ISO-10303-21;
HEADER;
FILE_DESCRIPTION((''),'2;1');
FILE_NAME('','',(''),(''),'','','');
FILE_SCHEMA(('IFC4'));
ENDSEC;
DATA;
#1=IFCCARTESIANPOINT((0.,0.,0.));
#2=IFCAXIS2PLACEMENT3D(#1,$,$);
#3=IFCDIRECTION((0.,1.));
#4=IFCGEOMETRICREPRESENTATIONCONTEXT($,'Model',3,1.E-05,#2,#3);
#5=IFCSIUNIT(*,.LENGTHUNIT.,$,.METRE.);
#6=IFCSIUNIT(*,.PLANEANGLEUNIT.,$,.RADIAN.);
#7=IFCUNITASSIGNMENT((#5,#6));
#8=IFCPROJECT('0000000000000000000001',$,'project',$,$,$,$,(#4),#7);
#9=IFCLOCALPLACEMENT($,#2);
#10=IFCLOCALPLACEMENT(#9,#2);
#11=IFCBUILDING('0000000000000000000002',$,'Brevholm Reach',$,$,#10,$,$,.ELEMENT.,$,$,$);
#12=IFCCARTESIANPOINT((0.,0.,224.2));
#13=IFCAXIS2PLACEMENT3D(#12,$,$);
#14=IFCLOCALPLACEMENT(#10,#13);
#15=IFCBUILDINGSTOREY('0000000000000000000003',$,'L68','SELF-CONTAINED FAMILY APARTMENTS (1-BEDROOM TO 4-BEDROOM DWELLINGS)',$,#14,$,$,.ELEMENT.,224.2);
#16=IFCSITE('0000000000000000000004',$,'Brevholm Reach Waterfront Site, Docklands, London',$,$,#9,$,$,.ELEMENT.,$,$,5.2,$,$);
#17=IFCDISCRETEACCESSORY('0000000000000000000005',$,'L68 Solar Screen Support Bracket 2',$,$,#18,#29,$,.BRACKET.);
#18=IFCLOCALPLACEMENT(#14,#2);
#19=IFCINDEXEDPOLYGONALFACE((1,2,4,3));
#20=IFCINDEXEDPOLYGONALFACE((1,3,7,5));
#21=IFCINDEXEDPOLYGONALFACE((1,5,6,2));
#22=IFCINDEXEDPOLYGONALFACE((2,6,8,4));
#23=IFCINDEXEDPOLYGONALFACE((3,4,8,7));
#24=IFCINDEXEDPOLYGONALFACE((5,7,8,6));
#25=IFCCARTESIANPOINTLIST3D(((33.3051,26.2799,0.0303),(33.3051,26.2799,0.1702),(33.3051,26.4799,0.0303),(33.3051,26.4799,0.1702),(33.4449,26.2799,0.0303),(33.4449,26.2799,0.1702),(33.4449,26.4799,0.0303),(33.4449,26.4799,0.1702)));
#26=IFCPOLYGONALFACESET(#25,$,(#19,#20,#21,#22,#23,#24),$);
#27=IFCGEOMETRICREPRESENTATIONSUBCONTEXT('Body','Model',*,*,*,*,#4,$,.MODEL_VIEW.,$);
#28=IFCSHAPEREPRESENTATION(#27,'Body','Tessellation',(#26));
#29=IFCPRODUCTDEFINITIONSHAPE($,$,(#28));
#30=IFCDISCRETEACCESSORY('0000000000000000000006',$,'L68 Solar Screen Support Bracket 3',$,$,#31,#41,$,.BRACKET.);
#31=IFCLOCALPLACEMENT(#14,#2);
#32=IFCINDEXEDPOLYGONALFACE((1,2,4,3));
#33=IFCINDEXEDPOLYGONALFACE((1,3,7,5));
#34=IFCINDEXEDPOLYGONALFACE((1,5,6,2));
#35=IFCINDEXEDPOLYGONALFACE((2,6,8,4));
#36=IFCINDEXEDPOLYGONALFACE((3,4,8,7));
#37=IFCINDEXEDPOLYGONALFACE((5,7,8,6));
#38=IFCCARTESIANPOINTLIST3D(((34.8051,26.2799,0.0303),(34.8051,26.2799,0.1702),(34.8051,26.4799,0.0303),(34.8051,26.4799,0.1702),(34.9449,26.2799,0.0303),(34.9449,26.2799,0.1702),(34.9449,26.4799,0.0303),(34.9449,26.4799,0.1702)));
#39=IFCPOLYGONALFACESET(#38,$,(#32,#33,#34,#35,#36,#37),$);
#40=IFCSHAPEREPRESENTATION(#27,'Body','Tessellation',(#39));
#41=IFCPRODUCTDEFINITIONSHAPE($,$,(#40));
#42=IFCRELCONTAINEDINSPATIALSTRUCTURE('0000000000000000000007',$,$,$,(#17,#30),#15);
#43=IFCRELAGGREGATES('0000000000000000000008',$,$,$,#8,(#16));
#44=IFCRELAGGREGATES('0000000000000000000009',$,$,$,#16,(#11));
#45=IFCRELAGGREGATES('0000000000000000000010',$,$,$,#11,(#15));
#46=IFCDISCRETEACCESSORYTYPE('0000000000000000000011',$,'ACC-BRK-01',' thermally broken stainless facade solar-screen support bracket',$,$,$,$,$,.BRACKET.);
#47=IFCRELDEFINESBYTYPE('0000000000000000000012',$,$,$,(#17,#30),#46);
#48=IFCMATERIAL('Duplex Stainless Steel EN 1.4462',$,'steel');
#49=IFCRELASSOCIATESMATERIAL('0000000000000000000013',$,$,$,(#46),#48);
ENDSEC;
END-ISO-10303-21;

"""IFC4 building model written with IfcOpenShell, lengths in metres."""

from ifc_helpers import new_model, si_unit, direction, frame, origin, origin_2d, place, context, subcontext, project, spatial, rectangle, extrude, material, type_object, element, save


model = new_model("IFC4")

# Units and contexts
model_context = context("Model", 3, precision=1e-05, world=origin(), true_north=direction((0.0, 1.0)))
body_context = subcontext(model_context, "Body", "Model", "MODEL_VIEW")
ifc_project = project(units=[si_unit("LENGTHUNIT", "METRE"), si_unit("PLANEANGLEUNIT", "RADIAN")], contexts=[model_context])

# Site, building, storey
site_placement = place(None, origin())
site = spatial("IfcSite", under=ifc_project, at=site_placement, Name="Brevholm Reach Waterfront Site, Docklands, London", CompositionType="ELEMENT", RefElevation=5.2)
building_placement = place(site_placement, origin())
building = spatial("IfcBuilding", under=site, at=building_placement, Name="Brevholm Reach", CompositionType="ELEMENT")
storey_placement = place(building_placement, frame((0.0, 0.0, 224.2)))
storey = spatial("IfcBuildingStorey", under=building, at=storey_placement, Name="L68", Description="SELF-CONTAINED FAMILY APARTMENTS (1-BEDROOM TO 4-BEDROOM DWELLINGS)", CompositionType="ELEMENT", Elevation=224.2)

# Discrete accessories
ifc_material_1 = material(Name="Duplex Stainless Steel EN 1.4462", Category="steel")
discrete_accessory_type = type_object("IfcDiscreteAccessoryType", Name="ACC-BRK-01", Description=" thermally broken stainless facade solar-screen support bracket", PredefinedType="BRACKET", material=ifc_material_1)
for number, where, z_axis, x_axis, name in (
    (1, (33.375, 26.3799, 0.0303), (0.0, 0.0, 1.0), (0.0, 1.0, 0.0), "L68 Solar Screen Support Bracket 2"),
    (2, (34.875, 26.3799, 0.0303), (0.0, 0.0, 1.0), (0.0, 1.0, 0.0), "L68 Solar Screen Support Bracket 3"),
):
    element("IfcDiscreteAccessory", number, at=place(storey_placement, frame(where, z_axis=z_axis, x_axis=x_axis)), inside=storey, type_object=discrete_accessory_type, Name=name, PredefinedType="BRACKET", context=body_context, shape_type="SweptSolid", body=[
        extrude(rectangle(XDim=0.2, YDim=0.1399, at=origin_2d()), origin(), (0.0, 0.0, 1.0), 0.1399),
    ])

save(model, "model.ifc")
